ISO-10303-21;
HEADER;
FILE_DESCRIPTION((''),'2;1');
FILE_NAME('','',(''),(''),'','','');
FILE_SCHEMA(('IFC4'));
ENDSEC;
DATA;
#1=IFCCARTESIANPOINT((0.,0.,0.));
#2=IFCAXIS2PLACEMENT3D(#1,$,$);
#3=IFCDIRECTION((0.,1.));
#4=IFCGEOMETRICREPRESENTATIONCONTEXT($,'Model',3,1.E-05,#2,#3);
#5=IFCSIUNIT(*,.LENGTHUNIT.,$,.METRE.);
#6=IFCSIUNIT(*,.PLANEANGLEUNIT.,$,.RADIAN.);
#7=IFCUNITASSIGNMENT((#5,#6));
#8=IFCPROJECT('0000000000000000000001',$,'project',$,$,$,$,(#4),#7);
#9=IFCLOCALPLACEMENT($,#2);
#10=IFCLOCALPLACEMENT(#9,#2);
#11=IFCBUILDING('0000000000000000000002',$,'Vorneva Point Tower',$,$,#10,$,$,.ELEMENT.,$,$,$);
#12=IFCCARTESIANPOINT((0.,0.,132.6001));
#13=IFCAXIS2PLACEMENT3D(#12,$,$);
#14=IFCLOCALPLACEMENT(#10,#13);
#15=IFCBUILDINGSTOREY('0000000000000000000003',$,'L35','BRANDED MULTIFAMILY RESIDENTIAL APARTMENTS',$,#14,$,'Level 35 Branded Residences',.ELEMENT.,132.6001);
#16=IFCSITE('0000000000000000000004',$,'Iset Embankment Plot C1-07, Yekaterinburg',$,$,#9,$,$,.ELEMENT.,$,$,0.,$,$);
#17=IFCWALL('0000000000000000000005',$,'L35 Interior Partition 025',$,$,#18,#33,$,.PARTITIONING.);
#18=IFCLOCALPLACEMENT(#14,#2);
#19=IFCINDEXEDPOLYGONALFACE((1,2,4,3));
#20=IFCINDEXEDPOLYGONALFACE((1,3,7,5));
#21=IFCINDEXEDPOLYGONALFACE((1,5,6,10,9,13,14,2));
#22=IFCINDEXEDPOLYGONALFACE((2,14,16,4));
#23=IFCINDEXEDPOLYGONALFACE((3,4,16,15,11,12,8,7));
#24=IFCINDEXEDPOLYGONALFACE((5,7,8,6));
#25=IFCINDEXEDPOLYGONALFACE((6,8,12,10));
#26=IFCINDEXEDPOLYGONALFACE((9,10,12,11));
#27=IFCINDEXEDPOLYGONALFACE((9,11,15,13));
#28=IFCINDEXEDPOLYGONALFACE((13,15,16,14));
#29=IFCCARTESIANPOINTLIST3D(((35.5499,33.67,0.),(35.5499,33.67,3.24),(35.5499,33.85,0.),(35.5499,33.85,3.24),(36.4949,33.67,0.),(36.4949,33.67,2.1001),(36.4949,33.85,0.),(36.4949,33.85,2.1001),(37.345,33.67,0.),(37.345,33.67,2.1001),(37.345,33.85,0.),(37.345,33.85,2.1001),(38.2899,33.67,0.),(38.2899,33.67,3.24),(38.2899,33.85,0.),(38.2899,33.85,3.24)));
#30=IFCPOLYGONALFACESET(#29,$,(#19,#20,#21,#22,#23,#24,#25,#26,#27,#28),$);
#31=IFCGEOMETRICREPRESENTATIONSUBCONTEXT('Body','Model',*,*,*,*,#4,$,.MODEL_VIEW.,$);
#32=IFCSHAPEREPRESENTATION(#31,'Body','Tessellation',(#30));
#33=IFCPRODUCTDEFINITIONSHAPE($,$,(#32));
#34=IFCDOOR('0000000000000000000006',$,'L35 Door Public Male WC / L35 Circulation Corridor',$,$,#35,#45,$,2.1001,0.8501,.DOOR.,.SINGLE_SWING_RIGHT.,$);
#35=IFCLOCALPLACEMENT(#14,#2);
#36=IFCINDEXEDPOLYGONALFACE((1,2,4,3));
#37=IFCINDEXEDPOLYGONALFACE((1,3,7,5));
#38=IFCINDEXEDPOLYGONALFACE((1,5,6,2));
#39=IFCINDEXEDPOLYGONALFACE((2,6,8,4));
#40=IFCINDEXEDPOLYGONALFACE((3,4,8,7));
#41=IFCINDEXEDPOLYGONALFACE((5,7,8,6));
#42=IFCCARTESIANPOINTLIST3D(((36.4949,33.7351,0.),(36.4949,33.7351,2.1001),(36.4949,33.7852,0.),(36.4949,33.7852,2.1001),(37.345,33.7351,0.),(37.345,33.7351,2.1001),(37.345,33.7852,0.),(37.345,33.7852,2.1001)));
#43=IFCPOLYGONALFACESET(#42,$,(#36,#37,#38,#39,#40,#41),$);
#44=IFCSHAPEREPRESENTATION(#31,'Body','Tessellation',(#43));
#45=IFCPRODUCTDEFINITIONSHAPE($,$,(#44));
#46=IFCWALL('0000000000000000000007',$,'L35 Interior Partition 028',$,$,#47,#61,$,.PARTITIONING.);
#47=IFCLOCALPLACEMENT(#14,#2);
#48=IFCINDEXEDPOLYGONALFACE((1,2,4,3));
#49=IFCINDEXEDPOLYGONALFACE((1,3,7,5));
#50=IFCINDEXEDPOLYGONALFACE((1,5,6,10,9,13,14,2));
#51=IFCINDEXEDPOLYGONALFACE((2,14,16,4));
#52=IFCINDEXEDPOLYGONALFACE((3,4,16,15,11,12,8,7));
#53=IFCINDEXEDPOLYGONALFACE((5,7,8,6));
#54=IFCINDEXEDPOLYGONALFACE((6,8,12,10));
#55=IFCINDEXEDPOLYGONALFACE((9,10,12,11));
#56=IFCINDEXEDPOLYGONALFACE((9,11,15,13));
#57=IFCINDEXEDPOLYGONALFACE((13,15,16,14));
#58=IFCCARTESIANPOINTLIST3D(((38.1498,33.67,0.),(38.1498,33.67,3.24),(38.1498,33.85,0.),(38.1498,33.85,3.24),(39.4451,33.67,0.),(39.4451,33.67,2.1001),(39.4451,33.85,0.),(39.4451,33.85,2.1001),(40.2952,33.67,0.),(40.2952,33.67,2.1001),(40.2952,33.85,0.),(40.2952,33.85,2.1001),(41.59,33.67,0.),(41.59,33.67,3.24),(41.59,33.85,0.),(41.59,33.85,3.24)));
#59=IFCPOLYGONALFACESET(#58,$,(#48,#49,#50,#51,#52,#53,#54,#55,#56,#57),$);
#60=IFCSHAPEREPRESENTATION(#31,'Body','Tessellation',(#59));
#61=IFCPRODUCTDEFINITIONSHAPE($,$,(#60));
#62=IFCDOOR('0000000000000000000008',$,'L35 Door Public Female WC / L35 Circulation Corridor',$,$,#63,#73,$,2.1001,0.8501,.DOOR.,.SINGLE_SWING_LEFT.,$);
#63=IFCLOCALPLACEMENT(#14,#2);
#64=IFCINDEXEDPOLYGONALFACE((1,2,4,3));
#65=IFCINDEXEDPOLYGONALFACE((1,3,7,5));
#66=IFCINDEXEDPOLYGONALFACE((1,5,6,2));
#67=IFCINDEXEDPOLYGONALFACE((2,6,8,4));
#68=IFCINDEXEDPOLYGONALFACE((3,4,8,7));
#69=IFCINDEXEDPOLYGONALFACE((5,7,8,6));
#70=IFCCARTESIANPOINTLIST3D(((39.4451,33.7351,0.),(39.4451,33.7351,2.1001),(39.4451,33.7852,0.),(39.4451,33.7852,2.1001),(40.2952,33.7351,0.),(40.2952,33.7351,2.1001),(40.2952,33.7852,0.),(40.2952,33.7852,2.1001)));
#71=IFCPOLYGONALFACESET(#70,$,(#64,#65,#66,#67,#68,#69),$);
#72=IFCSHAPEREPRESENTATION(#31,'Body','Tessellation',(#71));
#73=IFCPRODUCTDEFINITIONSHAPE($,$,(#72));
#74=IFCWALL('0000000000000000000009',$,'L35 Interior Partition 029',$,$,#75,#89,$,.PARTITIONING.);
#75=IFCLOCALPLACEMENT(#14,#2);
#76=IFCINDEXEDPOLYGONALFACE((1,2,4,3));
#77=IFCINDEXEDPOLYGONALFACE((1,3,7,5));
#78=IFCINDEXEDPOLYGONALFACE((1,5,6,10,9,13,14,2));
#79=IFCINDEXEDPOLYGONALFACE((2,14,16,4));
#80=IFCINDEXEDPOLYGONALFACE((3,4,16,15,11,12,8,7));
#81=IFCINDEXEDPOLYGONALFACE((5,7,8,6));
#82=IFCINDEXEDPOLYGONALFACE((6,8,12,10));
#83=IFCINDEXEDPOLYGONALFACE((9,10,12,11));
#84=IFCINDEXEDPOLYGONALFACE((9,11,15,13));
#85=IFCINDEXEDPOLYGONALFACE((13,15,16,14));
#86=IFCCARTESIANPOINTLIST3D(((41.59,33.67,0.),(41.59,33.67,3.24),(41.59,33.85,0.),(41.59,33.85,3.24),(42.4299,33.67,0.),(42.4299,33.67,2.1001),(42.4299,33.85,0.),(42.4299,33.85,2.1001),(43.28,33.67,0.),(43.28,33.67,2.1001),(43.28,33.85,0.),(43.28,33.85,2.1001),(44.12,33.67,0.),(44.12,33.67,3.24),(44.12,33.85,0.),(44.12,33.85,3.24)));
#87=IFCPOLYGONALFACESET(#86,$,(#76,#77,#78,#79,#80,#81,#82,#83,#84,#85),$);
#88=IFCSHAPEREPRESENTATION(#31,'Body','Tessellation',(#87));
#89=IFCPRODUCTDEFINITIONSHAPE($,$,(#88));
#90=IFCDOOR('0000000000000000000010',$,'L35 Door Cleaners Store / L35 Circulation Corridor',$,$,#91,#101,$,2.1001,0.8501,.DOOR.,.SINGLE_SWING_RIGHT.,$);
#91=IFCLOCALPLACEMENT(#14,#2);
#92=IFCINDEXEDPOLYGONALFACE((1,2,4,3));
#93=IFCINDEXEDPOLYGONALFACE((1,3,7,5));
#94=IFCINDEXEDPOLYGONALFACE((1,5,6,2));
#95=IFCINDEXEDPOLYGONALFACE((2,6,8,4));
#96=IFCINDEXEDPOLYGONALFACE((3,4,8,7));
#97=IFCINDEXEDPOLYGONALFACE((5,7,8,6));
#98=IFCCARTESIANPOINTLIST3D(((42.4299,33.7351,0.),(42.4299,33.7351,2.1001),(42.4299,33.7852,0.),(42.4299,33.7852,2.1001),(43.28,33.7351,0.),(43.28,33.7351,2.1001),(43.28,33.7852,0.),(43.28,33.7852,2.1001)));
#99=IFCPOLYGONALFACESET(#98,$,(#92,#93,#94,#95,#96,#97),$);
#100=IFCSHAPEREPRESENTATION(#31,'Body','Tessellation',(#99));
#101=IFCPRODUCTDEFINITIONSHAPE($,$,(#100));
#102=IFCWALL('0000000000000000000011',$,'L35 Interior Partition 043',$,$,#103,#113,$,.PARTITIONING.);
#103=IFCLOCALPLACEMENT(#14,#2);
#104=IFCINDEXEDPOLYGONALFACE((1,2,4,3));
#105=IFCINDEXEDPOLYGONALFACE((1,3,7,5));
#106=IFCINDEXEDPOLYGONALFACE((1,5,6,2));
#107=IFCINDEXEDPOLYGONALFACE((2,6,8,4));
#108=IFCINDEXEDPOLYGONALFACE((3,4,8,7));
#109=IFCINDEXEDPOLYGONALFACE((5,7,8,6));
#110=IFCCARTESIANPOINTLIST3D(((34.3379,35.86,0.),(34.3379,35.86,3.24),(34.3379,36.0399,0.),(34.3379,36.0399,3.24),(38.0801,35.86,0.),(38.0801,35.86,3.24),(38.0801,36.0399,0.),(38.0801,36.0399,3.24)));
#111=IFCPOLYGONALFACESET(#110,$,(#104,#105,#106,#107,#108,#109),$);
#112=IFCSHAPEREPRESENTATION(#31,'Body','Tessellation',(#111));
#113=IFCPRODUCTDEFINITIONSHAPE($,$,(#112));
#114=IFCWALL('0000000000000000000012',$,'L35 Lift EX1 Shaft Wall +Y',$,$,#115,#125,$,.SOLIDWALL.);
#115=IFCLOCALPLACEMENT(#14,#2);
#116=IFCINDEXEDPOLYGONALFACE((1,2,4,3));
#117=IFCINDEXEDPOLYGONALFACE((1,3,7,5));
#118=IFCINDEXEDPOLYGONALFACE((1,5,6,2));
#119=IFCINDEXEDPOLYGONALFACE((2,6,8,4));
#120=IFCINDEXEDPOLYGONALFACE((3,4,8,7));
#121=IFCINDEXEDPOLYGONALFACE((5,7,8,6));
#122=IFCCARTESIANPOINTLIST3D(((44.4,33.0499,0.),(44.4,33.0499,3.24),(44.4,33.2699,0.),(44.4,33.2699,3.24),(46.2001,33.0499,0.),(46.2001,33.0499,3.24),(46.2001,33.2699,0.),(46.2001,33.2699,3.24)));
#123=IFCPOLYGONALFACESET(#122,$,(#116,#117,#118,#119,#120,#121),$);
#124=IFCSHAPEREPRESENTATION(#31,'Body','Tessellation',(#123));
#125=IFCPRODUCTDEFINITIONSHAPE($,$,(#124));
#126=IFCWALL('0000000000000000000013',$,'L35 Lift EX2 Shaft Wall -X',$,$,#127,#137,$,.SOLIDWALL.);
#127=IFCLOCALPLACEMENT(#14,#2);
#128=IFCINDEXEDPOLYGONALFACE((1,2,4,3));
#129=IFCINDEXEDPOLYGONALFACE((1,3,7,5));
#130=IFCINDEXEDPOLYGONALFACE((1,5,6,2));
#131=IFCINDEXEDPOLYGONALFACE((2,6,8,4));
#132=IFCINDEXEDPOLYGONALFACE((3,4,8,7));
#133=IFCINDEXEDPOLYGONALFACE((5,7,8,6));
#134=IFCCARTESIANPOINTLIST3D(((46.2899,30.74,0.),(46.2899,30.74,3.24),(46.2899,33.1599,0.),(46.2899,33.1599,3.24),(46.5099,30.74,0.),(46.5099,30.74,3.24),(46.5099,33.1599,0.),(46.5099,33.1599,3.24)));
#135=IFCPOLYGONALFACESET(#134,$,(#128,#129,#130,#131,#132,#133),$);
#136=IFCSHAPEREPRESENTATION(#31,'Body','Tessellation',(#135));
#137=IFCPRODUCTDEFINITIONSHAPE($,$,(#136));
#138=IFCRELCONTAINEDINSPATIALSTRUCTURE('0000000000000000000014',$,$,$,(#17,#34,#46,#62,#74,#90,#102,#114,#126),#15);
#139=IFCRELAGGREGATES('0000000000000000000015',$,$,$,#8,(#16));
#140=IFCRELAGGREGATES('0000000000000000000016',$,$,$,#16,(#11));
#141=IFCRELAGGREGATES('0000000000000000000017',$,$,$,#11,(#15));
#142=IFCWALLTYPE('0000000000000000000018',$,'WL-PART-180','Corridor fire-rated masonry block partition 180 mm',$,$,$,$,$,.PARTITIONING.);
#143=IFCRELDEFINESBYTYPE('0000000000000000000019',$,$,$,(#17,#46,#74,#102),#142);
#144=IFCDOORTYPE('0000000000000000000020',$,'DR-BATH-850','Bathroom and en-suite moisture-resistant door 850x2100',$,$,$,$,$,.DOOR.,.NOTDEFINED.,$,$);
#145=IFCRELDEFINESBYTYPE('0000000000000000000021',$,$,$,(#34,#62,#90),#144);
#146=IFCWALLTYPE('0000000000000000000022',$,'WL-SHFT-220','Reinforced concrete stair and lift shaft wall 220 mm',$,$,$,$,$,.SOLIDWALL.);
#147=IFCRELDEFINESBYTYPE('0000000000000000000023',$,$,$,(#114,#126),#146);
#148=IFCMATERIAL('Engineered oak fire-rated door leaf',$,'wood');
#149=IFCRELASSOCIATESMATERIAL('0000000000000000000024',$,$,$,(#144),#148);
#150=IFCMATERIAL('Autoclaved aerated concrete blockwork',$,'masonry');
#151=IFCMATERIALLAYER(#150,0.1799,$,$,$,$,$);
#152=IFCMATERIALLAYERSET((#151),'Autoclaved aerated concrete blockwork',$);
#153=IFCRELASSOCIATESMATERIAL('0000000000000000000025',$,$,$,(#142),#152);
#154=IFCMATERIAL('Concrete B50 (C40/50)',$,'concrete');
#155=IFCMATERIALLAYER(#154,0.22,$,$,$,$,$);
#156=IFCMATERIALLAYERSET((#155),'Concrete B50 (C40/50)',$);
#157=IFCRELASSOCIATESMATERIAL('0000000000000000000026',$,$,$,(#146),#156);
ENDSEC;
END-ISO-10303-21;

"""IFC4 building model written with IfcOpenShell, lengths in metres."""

from ifc_helpers import new_model, si_unit, direction, frame, frame_2d, origin, place, context, subcontext, project, spatial, rectangle, extrude, material, layer, layer_set, type_object, element, fill, save


model = new_model("IFC4")

# Units and contexts
model_context = context("Model", 3, precision=1e-05, world=origin(), true_north=direction((0.0, 1.0)))
body_context = subcontext(model_context, "Body", "Model", "MODEL_VIEW")
ifc_project = project(units=[si_unit("LENGTHUNIT", "METRE"), si_unit("PLANEANGLEUNIT", "RADIAN")], contexts=[model_context])

# Site, building, storey
site_placement = place(None, origin())
site = spatial("IfcSite", under=ifc_project, at=site_placement, Name="Iset Embankment Plot C1-07, Yekaterinburg", CompositionType="ELEMENT", RefElevation=0.0)
building_placement = place(site_placement, origin())
building = spatial("IfcBuilding", under=site, at=building_placement, Name="Vorneva Point Tower", CompositionType="ELEMENT")
storey_placement = place(building_placement, frame((0.0, 0.0, 132.6001)))
storey = spatial("IfcBuildingStorey", under=building, at=storey_placement, Name="L35", Description="BRANDED MULTIFAMILY RESIDENTIAL APARTMENTS", LongName="Level 35 Branded Residences", CompositionType="ELEMENT", Elevation=132.6001)

# Shared definitions
ifc_material_1 = material(Name="Engineered oak fire-rated door leaf", Category="wood")
door_type_1 = type_object("IfcDoorType", Name="DR-BATH-850", Description="Bathroom and en-suite moisture-resistant door 850x2100", OperationType="NOTDEFINED", PredefinedType="DOOR", material=ifc_material_1)

# Walls, openings, doors
ifc_material_2 = material(Name="Autoclaved aerated concrete blockwork", Category="masonry")
ifc_layer_1 = layer(ifc_material_2, 0.1799)
ifc_layer_set_1 = layer_set([ifc_layer_1], Name="Autoclaved aerated concrete blockwork")
wall_type_1 = type_object("IfcWallType", Name="WL-PART-180", Description="Corridor fire-rated masonry block partition 180 mm", PredefinedType="PARTITIONING", material=ifc_layer_set_1)
wall_1_placement = place(storey_placement, frame((38.29, 33.76, 0.0), z_axis=(0.0, 0.0, 1.0), x_axis=(-1.0, 0.0, 0.0)))
wall_1 = element("IfcWall", 1, at=wall_1_placement, inside=storey, type_object=wall_type_1, Name="L35 Interior Partition 025", PredefinedType="PARTITIONING", context=body_context, shape_type="SweptSolid", body=[
    extrude(rectangle(XDim=2.74, YDim=0.1799, at=frame_2d((1.3701, 0.0))), origin(), (0.0, 0.0, 1.0), 3.24),
])
opening_1_placement = place(wall_1_placement, frame((0.9451, 0.0, 0.0)))
opening_1 = element("IfcOpeningElement", 2, at=opening_1_placement, cuts=wall_1, PredefinedType="OPENING", context=body_context, shape_type="SweptSolid", body=[
    extrude(rectangle(XDim=0.8501, YDim=2.1001, at=frame_2d((0.425, 1.05))), frame((0.0, 0.105, 0.0), z_axis=(0.0, -1.0, 0.0), x_axis=(1.0, 0.0, 0.0)), (0.0, 0.0, 1.0), 0.2097),
])
door_1_placement = place(opening_1_placement, origin())
door_1 = element("IfcDoor", 3, at=door_1_placement, inside=storey, type_object=door_type_1, Name="L35 Door Public Male WC / L35 Circulation Corridor", OperationType="SINGLE_SWING_RIGHT", OverallHeight=2.1001, OverallWidth=0.8501, PredefinedType="DOOR", context=body_context, shape_type="SweptSolid", body=[
    extrude(rectangle(XDim=0.8501, YDim=2.1001, at=frame_2d((0.425, 1.05))), frame((0.0, 0.0249, 0.0), z_axis=(0.0, -1.0, 0.0), x_axis=(1.0, 0.0, 0.0)), (0.0, 0.0, 1.0), 0.05),
])
fill(opening_1, door_1)
wall_2_placement = place(storey_placement, frame((41.5901, 33.76, 0.0), z_axis=(0.0, 0.0, 1.0), x_axis=(-1.0, 0.0, 0.0)))
wall_2 = element("IfcWall", 4, at=wall_2_placement, inside=storey, type_object=wall_type_1, Name="L35 Interior Partition 028", PredefinedType="PARTITIONING", context=body_context, shape_type="SweptSolid", body=[
    extrude(rectangle(XDim=3.4402, YDim=0.1799, at=frame_2d((1.7202, 0.0))), origin(), (0.0, 0.0, 1.0), 3.24),
])
opening_2_placement = place(wall_2_placement, frame((1.2949, 0.0, 0.0)))
opening_2 = element("IfcOpeningElement", 5, at=opening_2_placement, cuts=wall_2, PredefinedType="OPENING", context=body_context, shape_type="SweptSolid", body=[
    extrude(rectangle(XDim=0.8501, YDim=2.1001, at=frame_2d((0.425, 1.05))), frame((0.0, 0.105, 0.0), z_axis=(0.0, -1.0, 0.0), x_axis=(1.0, 0.0, 0.0)), (0.0, 0.0, 1.0), 0.2097),
])
door_2_placement = place(opening_2_placement, origin())
door_2 = element("IfcDoor", 6, at=door_2_placement, inside=storey, type_object=door_type_1, Name="L35 Door Public Female WC / L35 Circulation Corridor", OperationType="SINGLE_SWING_LEFT", OverallHeight=2.1001, OverallWidth=0.8501, PredefinedType="DOOR", context=body_context, shape_type="SweptSolid", body=[
    extrude(rectangle(XDim=0.8501, YDim=2.1001, at=frame_2d((0.425, 1.05))), frame((0.0, 0.0249, 0.0), z_axis=(0.0, -1.0, 0.0), x_axis=(1.0, 0.0, 0.0)), (0.0, 0.0, 1.0), 0.05),
])
fill(opening_2, door_2)
wall_3_placement = place(storey_placement, frame((44.1201, 33.76, 0.0), z_axis=(0.0, 0.0, 1.0), x_axis=(-1.0, 0.0, 0.0)))
wall_3 = element("IfcWall", 7, at=wall_3_placement, inside=storey, type_object=wall_type_1, Name="L35 Interior Partition 029", PredefinedType="PARTITIONING", context=body_context, shape_type="SweptSolid", body=[
    extrude(rectangle(XDim=2.53, YDim=0.1799, at=frame_2d((1.2651, 0.0))), origin(), (0.0, 0.0, 1.0), 3.24),
])
opening_3_placement = place(wall_3_placement, frame((0.8401, 0.0, 0.0)))
opening_3 = element("IfcOpeningElement", 8, at=opening_3_placement, cuts=wall_3, PredefinedType="OPENING", context=body_context, shape_type="SweptSolid", body=[
    extrude(rectangle(XDim=0.8501, YDim=2.1001, at=frame_2d((0.425, 1.05))), frame((0.0, 0.105, 0.0), z_axis=(0.0, -1.0, 0.0), x_axis=(1.0, 0.0, 0.0)), (0.0, 0.0, 1.0), 0.2097),
])
door_3_placement = place(opening_3_placement, origin())
door_3 = element("IfcDoor", 9, at=door_3_placement, inside=storey, type_object=door_type_1, Name="L35 Door Cleaners Store / L35 Circulation Corridor", OperationType="SINGLE_SWING_RIGHT", OverallHeight=2.1001, OverallWidth=0.8501, PredefinedType="DOOR", context=body_context, shape_type="SweptSolid", body=[
    extrude(rectangle(XDim=0.8501, YDim=2.1001, at=frame_2d((0.425, 1.05))), frame((0.0, 0.0249, 0.0), z_axis=(0.0, -1.0, 0.0), x_axis=(1.0, 0.0, 0.0)), (0.0, 0.0, 1.0), 0.05),
])
fill(opening_3, door_3)

# Walls
wall_4_placement = place(storey_placement, frame((38.0801, 35.95, 0.0), z_axis=(0.0, 0.0, 1.0), x_axis=(-1.0, 0.0, 0.0)))
element("IfcWall", 10, at=wall_4_placement, inside=storey, type_object=wall_type_1, Name="L35 Interior Partition 043", PredefinedType="PARTITIONING", context=body_context, shape_type="SweptSolid", body=[
    extrude(rectangle(XDim=3.7422, YDim=0.1799, at=frame_2d((1.8711, 0.0))), origin(), (0.0, 0.0, 1.0), 3.24),
])
ifc_material_3 = material(Name="Concrete B50 (C40/50)", Category="concrete")
ifc_layer_2 = layer(ifc_material_3, 0.22)
ifc_layer_set_2 = layer_set([ifc_layer_2], Name="Concrete B50 (C40/50)")
wall_type_2 = type_object("IfcWallType", Name="WL-SHFT-220", Description="Reinforced concrete stair and lift shaft wall 220 mm", PredefinedType="SOLIDWALL", material=ifc_layer_set_2)
wall_5_placement = place(storey_placement, frame((46.2, 33.1599, 0.0), z_axis=(0.0, 0.0, 1.0), x_axis=(-1.0, 0.0, 0.0)))
element("IfcWall", 11, at=wall_5_placement, inside=storey, type_object=wall_type_2, Name="L35 Lift EX1 Shaft Wall +Y", PredefinedType="SOLIDWALL", context=body_context, shape_type="SweptSolid", body=[
    extrude(rectangle(XDim=1.8, YDim=0.22, at=frame_2d((0.8999, 0.0))), origin(), (0.0, 0.0, 1.0), 3.24),
])
wall_6_placement = place(storey_placement, frame((46.3999, 33.1599, 0.0), z_axis=(0.0, 0.0, 1.0), x_axis=(0.0, -1.0, 0.0)))
element("IfcWall", 12, at=wall_6_placement, inside=storey, type_object=wall_type_2, Name="L35 Lift EX2 Shaft Wall -X", PredefinedType="SOLIDWALL", context=body_context, shape_type="SweptSolid", body=[
    extrude(rectangle(XDim=2.4199, YDim=0.22, at=frame_2d((1.21, 0.0))), origin(), (0.0, 0.0, 1.0), 3.24),
])

save(model, "model.ifc")
